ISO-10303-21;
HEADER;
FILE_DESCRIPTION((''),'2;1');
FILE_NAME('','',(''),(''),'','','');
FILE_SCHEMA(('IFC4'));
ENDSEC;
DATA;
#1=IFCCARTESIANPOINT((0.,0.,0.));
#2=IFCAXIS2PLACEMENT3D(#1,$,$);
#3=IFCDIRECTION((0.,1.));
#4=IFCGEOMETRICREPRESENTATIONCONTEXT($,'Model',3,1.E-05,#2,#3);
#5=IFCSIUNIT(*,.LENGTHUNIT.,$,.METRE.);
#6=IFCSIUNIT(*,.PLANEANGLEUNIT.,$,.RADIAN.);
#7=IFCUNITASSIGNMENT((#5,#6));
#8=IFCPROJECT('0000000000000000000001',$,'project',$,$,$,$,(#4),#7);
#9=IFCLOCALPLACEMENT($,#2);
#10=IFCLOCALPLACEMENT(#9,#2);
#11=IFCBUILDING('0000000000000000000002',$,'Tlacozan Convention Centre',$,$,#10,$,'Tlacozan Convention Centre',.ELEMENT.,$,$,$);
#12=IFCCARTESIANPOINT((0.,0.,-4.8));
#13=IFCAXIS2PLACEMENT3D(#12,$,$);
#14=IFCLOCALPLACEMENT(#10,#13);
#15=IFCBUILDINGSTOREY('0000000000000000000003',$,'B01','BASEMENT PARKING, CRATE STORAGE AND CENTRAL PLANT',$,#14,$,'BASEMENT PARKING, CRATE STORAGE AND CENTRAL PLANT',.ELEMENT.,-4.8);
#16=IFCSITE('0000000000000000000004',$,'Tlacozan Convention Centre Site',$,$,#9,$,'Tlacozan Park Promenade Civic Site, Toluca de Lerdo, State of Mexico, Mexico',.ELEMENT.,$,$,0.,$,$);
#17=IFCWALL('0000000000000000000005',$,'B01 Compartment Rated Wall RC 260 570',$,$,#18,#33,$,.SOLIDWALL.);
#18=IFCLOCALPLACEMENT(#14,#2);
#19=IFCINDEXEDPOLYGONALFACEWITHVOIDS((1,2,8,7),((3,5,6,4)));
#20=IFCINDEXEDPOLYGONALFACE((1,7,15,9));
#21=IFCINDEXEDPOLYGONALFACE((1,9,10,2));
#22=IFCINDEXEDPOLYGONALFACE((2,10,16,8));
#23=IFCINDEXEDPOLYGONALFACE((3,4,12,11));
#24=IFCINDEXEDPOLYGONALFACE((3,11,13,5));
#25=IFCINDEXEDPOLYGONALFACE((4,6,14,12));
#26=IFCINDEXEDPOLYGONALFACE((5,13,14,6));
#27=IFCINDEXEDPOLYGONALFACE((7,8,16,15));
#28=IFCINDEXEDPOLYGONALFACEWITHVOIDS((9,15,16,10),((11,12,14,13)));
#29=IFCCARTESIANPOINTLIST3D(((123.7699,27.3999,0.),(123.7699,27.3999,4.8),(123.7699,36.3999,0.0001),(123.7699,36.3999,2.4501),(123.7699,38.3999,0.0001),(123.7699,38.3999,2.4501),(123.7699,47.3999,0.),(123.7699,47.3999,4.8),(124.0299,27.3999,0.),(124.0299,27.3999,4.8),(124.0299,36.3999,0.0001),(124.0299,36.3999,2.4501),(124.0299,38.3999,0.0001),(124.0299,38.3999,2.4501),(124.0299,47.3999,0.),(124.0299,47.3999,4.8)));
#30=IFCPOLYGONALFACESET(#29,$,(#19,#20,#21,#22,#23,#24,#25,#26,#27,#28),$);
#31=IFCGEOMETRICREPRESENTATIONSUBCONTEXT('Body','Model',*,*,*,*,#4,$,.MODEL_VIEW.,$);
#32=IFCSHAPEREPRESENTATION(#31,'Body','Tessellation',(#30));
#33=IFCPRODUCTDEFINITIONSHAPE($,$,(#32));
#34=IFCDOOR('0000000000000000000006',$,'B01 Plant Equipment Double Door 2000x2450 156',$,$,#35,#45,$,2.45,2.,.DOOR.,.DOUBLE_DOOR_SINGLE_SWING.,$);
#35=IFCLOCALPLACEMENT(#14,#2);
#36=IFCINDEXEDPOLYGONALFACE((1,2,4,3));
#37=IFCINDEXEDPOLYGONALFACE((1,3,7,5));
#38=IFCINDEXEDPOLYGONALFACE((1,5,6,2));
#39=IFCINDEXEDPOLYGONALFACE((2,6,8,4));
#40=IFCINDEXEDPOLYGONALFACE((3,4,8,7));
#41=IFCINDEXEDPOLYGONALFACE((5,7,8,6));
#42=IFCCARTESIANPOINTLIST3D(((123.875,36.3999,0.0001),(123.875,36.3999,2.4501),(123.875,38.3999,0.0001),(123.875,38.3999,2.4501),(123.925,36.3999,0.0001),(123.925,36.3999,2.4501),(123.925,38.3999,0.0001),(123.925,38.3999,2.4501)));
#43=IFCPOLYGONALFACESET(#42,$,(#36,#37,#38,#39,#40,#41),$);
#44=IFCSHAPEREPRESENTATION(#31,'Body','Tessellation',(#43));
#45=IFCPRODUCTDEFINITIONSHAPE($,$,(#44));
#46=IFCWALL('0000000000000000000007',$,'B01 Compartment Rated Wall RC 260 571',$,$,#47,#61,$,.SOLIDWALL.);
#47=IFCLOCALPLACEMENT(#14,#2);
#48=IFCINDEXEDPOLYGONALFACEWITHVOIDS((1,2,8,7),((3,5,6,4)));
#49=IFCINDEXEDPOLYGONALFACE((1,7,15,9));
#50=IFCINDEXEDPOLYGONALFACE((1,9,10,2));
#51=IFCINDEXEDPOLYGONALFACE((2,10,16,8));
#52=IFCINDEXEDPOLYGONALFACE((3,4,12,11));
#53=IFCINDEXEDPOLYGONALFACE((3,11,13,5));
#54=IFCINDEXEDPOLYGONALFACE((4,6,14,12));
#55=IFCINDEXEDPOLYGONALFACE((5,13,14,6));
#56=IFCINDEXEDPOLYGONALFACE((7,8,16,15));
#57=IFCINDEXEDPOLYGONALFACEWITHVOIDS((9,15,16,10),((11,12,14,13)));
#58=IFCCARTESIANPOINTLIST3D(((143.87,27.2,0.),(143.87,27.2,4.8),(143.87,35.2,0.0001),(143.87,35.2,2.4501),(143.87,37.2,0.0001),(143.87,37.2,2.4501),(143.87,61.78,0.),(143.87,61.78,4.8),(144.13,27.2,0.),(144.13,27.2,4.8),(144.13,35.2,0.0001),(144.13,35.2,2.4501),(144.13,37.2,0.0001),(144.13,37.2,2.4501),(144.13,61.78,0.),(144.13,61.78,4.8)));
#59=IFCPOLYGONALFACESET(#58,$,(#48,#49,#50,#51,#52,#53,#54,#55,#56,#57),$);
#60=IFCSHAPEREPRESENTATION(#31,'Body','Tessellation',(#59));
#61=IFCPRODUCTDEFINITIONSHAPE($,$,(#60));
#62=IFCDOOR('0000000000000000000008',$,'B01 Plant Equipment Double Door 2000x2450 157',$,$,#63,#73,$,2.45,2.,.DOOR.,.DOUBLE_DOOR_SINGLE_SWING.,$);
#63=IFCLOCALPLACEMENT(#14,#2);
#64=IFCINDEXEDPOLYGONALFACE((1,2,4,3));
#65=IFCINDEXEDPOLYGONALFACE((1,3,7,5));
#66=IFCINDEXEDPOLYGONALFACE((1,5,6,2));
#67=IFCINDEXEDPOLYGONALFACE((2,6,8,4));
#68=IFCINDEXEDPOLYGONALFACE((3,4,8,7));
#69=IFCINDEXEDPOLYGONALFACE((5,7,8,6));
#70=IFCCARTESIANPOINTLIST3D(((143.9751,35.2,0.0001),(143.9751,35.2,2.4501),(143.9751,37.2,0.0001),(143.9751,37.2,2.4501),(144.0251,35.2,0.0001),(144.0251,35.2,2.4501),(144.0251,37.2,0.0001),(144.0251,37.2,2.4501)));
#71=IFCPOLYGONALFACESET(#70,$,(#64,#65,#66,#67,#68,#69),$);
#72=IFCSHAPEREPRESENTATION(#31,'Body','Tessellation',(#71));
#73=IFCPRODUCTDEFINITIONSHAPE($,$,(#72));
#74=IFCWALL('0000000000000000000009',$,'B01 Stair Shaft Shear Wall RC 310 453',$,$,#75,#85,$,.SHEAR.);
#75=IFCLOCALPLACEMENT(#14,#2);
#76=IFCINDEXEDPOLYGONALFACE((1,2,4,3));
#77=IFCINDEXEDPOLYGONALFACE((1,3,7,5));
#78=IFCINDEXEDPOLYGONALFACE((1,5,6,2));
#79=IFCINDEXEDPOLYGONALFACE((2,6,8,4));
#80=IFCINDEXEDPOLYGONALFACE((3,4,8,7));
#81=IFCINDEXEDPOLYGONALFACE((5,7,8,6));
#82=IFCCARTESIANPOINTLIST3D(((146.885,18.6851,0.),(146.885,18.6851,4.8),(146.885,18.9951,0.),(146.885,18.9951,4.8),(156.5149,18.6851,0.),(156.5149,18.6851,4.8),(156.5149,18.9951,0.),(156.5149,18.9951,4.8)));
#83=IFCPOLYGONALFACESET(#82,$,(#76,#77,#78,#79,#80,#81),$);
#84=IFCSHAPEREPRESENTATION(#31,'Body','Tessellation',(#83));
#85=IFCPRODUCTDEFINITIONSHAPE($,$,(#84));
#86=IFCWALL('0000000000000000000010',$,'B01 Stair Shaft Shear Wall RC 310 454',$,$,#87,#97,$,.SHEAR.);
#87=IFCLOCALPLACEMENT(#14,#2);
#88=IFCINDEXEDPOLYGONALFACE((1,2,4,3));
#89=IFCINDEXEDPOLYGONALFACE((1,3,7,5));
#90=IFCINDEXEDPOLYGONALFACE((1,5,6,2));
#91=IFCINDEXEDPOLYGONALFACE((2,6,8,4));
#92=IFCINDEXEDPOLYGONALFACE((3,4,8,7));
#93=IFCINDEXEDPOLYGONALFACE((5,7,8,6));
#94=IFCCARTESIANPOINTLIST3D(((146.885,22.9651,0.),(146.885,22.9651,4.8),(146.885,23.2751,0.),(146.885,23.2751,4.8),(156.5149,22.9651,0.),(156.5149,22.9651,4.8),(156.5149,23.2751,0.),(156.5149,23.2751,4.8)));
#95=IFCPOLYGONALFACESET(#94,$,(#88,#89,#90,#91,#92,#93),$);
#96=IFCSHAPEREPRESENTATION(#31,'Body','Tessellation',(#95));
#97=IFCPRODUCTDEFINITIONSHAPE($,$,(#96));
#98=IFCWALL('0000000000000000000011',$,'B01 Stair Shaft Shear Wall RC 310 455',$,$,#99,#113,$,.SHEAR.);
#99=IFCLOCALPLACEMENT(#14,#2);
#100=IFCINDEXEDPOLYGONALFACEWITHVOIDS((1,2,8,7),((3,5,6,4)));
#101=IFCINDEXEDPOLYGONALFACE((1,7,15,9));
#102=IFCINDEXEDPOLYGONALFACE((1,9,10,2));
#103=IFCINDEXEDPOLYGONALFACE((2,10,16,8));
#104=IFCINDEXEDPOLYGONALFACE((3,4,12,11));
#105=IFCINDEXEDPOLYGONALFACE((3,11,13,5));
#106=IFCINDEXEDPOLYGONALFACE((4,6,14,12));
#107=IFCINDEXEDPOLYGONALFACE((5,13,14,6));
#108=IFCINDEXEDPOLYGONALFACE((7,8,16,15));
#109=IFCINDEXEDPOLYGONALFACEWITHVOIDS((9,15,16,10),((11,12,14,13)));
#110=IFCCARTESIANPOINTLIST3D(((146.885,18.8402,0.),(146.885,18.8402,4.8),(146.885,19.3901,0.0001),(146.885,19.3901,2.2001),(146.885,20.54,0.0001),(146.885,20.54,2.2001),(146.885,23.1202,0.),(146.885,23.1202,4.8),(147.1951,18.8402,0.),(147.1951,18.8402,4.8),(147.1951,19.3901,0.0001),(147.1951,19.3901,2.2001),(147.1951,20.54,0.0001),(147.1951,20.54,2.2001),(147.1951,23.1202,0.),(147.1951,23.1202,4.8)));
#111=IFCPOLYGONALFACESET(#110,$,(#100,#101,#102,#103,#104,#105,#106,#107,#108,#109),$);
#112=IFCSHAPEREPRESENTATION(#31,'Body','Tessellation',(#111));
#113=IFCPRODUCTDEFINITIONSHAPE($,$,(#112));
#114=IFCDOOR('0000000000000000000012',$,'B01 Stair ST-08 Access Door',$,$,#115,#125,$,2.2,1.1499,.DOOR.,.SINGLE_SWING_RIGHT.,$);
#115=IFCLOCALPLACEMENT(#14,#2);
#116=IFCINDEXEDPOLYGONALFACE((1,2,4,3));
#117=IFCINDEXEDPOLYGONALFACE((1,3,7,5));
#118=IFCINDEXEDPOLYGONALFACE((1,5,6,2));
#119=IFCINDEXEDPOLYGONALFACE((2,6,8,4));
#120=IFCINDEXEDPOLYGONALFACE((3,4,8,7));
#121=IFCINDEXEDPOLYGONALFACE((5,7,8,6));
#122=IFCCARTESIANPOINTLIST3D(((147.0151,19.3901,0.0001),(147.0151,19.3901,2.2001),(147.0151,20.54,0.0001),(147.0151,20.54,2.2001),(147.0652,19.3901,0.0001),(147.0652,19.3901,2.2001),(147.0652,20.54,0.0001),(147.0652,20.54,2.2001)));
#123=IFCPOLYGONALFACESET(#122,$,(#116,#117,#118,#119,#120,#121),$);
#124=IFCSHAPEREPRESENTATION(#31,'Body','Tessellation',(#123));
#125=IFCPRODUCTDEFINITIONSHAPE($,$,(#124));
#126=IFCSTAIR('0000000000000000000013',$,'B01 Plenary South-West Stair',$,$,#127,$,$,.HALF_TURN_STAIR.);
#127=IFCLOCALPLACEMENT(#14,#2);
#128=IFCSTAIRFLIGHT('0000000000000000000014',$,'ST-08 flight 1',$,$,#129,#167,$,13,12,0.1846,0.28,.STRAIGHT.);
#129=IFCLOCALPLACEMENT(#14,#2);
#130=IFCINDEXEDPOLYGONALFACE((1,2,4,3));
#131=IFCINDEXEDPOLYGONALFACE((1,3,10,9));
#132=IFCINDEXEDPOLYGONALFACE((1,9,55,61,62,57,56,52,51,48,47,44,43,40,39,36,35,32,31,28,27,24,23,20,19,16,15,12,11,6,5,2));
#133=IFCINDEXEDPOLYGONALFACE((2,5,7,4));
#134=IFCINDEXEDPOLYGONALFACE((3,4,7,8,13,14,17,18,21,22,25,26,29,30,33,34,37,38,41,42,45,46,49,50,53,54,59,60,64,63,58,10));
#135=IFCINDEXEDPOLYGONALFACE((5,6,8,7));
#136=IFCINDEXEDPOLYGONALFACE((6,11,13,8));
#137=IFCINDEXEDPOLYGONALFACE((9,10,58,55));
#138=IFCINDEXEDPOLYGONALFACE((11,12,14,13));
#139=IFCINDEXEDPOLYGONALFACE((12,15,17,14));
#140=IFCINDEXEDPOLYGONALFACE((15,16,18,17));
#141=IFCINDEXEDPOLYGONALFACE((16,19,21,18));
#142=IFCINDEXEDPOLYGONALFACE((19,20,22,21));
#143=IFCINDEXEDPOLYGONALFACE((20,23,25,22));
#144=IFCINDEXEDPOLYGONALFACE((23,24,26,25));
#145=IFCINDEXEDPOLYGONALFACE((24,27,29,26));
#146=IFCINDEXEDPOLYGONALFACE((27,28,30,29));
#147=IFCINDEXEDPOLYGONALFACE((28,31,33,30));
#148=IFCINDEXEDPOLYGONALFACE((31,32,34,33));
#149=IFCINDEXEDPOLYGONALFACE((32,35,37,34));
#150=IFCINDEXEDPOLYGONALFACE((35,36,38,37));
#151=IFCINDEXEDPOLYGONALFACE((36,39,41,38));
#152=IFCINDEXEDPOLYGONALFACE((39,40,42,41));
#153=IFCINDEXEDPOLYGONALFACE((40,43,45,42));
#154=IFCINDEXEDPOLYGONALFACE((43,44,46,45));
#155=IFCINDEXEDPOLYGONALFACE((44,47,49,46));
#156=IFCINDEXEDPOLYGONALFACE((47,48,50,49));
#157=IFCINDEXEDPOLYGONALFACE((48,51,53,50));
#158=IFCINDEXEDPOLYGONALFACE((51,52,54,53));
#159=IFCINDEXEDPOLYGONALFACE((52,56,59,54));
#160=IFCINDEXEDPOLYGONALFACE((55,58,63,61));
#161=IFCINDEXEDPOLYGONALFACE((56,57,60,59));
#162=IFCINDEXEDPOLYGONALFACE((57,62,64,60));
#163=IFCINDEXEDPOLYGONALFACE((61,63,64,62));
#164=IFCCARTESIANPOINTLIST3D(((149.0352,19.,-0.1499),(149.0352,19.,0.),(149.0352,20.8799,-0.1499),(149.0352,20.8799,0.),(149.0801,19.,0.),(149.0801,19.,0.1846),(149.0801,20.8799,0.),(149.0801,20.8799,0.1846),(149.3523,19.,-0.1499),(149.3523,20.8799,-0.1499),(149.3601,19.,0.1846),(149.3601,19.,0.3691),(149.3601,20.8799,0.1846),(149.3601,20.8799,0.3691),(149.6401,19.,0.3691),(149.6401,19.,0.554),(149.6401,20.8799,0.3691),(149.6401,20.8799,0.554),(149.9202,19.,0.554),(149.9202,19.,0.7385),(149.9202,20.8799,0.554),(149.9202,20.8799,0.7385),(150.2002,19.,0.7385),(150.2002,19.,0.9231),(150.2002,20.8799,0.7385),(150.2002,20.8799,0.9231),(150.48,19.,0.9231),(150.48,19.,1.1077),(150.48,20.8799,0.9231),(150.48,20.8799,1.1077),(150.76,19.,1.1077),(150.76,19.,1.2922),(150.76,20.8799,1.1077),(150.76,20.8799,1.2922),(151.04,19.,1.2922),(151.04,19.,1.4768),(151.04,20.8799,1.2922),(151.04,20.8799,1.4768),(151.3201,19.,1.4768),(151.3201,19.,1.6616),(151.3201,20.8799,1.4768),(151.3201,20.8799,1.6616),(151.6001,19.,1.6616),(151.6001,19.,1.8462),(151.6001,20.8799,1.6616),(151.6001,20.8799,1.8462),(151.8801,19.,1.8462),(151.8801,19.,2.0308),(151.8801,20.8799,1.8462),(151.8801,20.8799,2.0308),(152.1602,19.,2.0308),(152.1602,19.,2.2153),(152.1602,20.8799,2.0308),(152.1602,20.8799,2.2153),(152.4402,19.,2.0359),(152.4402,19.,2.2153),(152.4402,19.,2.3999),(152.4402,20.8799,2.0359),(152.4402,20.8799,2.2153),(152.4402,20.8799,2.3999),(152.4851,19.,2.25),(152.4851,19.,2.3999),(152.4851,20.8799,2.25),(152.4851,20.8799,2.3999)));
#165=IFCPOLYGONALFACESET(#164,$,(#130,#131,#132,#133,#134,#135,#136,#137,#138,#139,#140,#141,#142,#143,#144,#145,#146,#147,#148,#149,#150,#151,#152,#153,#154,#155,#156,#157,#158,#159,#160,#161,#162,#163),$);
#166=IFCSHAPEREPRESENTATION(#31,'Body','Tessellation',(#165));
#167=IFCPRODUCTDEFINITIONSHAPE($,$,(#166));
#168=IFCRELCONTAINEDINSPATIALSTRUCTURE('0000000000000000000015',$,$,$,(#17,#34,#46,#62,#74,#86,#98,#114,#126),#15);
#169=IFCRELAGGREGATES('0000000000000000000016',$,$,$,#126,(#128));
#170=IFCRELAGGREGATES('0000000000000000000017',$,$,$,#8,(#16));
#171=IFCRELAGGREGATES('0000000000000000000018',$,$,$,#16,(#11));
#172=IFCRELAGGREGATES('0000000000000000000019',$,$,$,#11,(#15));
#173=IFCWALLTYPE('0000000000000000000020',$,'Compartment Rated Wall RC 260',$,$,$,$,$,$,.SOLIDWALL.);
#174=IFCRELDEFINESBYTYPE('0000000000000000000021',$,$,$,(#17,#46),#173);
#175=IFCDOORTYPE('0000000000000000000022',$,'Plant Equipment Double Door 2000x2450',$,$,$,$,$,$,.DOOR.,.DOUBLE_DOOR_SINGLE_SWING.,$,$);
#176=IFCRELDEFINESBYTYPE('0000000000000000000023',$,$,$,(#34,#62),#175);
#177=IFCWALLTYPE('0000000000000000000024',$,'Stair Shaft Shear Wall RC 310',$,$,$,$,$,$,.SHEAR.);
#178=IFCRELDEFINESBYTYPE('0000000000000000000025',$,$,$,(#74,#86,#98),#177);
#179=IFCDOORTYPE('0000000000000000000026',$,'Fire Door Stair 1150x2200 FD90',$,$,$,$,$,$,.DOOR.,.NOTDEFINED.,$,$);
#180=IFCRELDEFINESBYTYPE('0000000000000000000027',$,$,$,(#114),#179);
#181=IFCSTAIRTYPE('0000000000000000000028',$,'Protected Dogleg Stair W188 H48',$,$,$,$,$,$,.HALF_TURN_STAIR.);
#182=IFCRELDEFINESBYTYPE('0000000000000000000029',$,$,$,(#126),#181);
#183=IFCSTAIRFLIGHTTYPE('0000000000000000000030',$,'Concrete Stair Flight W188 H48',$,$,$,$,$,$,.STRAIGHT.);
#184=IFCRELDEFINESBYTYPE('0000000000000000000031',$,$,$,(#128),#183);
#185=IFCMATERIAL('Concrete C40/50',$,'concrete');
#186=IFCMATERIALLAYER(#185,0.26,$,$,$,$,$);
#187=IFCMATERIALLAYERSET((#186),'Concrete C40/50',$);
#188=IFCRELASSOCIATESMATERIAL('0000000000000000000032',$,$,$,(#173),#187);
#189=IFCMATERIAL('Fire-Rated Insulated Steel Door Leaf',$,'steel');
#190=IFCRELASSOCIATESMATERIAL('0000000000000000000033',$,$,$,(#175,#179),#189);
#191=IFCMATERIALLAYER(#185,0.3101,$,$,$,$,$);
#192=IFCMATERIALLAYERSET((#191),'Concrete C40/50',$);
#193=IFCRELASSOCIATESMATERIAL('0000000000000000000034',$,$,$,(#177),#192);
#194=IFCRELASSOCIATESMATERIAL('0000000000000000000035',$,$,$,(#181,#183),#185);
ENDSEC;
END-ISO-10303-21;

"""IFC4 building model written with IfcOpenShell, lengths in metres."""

from ifc_helpers import new_model, si_unit, direction, frame, frame_2d, origin, place, context, subcontext, project, spatial, polyline, rectangle, outline, extrude, material, layer, layer_set, type_object, element, fill, aggregate, save


model = new_model("IFC4")

# Units and contexts
model_context = context("Model", 3, precision=1e-05, world=origin(), true_north=direction((0.0, 1.0)))
body_context = subcontext(model_context, "Body", "Model", "MODEL_VIEW")
ifc_project = project(units=[si_unit("LENGTHUNIT", "METRE"), si_unit("PLANEANGLEUNIT", "RADIAN")], contexts=[model_context])

# Site, building, storey
site_placement = place(None, origin())
site = spatial("IfcSite", under=ifc_project, at=site_placement, Name="Tlacozan Convention Centre Site", LongName="Tlacozan Park Promenade Civic Site, Toluca de Lerdo, State of Mexico, Mexico", CompositionType="ELEMENT", RefElevation=0.0)
building_placement = place(site_placement, origin())
building = spatial("IfcBuilding", under=site, at=building_placement, Name="Tlacozan Convention Centre", LongName="Tlacozan Convention Centre", CompositionType="ELEMENT")
storey_placement = place(building_placement, frame((0.0, 0.0, -4.8)))
storey = spatial("IfcBuildingStorey", under=building, at=storey_placement, Name="B01", Description="BASEMENT PARKING, CRATE STORAGE AND CENTRAL PLANT", LongName="BASEMENT PARKING, CRATE STORAGE AND CENTRAL PLANT", CompositionType="ELEMENT", Elevation=-4.8)

# Shared definitions
ifc_material_1 = material(Name="Concrete C40/50", Category="concrete")

# Walls, openings, doors
ifc_layer_1 = layer(ifc_material_1, 0.26)
ifc_layer_set_1 = layer_set([ifc_layer_1], Name="Concrete C40/50")
wall_type_1 = type_object("IfcWallType", Name="Compartment Rated Wall RC 260", PredefinedType="SOLIDWALL", material=ifc_layer_set_1)
wall_1_placement = place(storey_placement, frame((123.8999, 27.3999, 0.0), z_axis=(0.0, 0.0, 1.0), x_axis=(0.0, 1.0, 0.0)))
wall_1 = element("IfcWall", 1, at=wall_1_placement, inside=storey, type_object=wall_type_1, Name="B01 Compartment Rated Wall RC 260 570", PredefinedType="SOLIDWALL", context=body_context, shape_type="SweptSolid", body=[
    extrude(rectangle(XDim=20.0, YDim=0.26, at=frame_2d((10.0, 0.0))), origin(), (0.0, 0.0, 1.0), 4.8),
])
opening_1_placement = place(wall_1_placement, frame((9.0, 0.0, 0.0)))
opening_1 = element("IfcOpeningElement", 2, at=opening_1_placement, cuts=wall_1, PredefinedType="OPENING", context=body_context, shape_type="SweptSolid", body=[
    extrude(rectangle(XDim=2.0, YDim=2.45, at=frame_2d((1.0, 1.2251))), frame((0.0, 0.1399, 0.0), z_axis=(0.0, -1.0, 0.0), x_axis=(1.0, 0.0, 0.0)), (0.0, 0.0, 1.0), 0.28),
])
ifc_material_2 = material(Name="Fire-Rated Insulated Steel Door Leaf", Category="steel")
door_type_1 = type_object("IfcDoorType", Name="Plant Equipment Double Door 2000x2450", OperationType="DOUBLE_DOOR_SINGLE_SWING", PredefinedType="DOOR", material=ifc_material_2)
door_1_placement = place(opening_1_placement, origin())
door_1 = element("IfcDoor", 3, at=door_1_placement, inside=storey, type_object=door_type_1, Name="B01 Plant Equipment Double Door 2000x2450 156", OperationType="DOUBLE_DOOR_SINGLE_SWING", OverallHeight=2.45, OverallWidth=2.0, PredefinedType="DOOR", context=body_context, shape_type="SweptSolid", body=[
    extrude(rectangle(XDim=2.0, YDim=2.45, at=frame_2d((1.0, 1.2251))), frame((0.0, 0.0249, 0.0), z_axis=(0.0, -1.0, 0.0), x_axis=(1.0, 0.0, 0.0)), (0.0, 0.0, 1.0), 0.05),
])
fill(opening_1, door_1)
wall_2_placement = place(storey_placement, frame((144.0, 27.2, 0.0), z_axis=(0.0, 0.0, 1.0), x_axis=(0.0, 1.0, 0.0)))
wall_2 = element("IfcWall", 4, at=wall_2_placement, inside=storey, type_object=wall_type_1, Name="B01 Compartment Rated Wall RC 260 571", PredefinedType="SOLIDWALL", context=body_context, shape_type="SweptSolid", body=[
    extrude(rectangle(XDim=34.5801, YDim=0.26, at=frame_2d((17.29, 0.0))), origin(), (0.0, 0.0, 1.0), 4.8),
])
opening_2_placement = place(wall_2_placement, frame((8.0, 0.0, 0.0)))
opening_2 = element("IfcOpeningElement", 5, at=opening_2_placement, cuts=wall_2, PredefinedType="OPENING", context=body_context, shape_type="SweptSolid", body=[
    extrude(rectangle(XDim=2.0, YDim=2.45, at=frame_2d((1.0, 1.2251))), frame((0.0, 0.1399, 0.0), z_axis=(0.0, -1.0, 0.0), x_axis=(1.0, 0.0, 0.0)), (0.0, 0.0, 1.0), 0.28),
])
door_2_placement = place(opening_2_placement, origin())
door_2 = element("IfcDoor", 6, at=door_2_placement, inside=storey, type_object=door_type_1, Name="B01 Plant Equipment Double Door 2000x2450 157", OperationType="DOUBLE_DOOR_SINGLE_SWING", OverallHeight=2.45, OverallWidth=2.0, PredefinedType="DOOR", context=body_context, shape_type="SweptSolid", body=[
    extrude(rectangle(XDim=2.0, YDim=2.45, at=frame_2d((1.0, 1.2251))), frame((0.0, 0.0249, 0.0), z_axis=(0.0, -1.0, 0.0), x_axis=(1.0, 0.0, 0.0)), (0.0, 0.0, 1.0), 0.05),
])
fill(opening_2, door_2)

# Walls
ifc_layer_2 = layer(ifc_material_1, 0.3101)
ifc_layer_set_2 = layer_set([ifc_layer_2], Name="Concrete C40/50")
wall_type_2 = type_object("IfcWallType", Name="Stair Shaft Shear Wall RC 310", PredefinedType="SHEAR", material=ifc_layer_set_2)
for number, where, z_axis, x_axis, name in (
    (7, (146.885, 18.8401, 0.0), (0.0, 0.0, 1.0), (1.0, 0.0, 0.0), "B01 Stair Shaft Shear Wall RC 310 453"),
    (8, (146.885, 23.1201, 0.0), (0.0, 0.0, 1.0), (1.0, 0.0, 0.0), "B01 Stair Shaft Shear Wall RC 310 454"),
):
    element("IfcWall", number, at=place(storey_placement, frame(where, z_axis=z_axis, x_axis=x_axis)), inside=storey, type_object=wall_type_2, Name=name, PredefinedType="SHEAR", context=body_context, shape_type="SweptSolid", body=[
        extrude(rectangle(XDim=9.6299, YDim=0.3101, at=frame_2d((4.8149, 0.0))), origin(), (0.0, 0.0, 1.0), 4.8),
    ])

# Wall, opening, door
wall_3_placement = place(storey_placement, frame((147.04, 18.8401, 0.0), z_axis=(0.0, 0.0, 1.0), x_axis=(0.0, 1.0, 0.0)))
wall_3 = element("IfcWall", 9, at=wall_3_placement, inside=storey, type_object=wall_type_2, Name="B01 Stair Shaft Shear Wall RC 310 455", PredefinedType="SHEAR", context=body_context, shape_type="SweptSolid", body=[
    extrude(rectangle(XDim=4.28, YDim=0.3101, at=frame_2d((2.1401, 0.0))), origin(), (0.0, 0.0, 1.0), 4.8),
])
opening_3_placement = place(wall_3_placement, frame((0.55, 0.0, 0.0)))
opening_3 = element("IfcOpeningElement", 10, at=opening_3_placement, cuts=wall_3, PredefinedType="OPENING", context=body_context, shape_type="SweptSolid", body=[
    extrude(rectangle(XDim=1.1499, YDim=2.2, at=frame_2d((0.575, 1.1001))), frame((0.0, 0.165, 0.0), z_axis=(0.0, -1.0, 0.0), x_axis=(1.0, 0.0, 0.0)), (0.0, 0.0, 1.0), 0.3301),
])
door_type_2 = type_object("IfcDoorType", Name="Fire Door Stair 1150x2200 FD90", OperationType="NOTDEFINED", PredefinedType="DOOR", material=ifc_material_2)
door_3_placement = place(opening_3_placement, origin())
door_3 = element("IfcDoor", 11, at=door_3_placement, inside=storey, type_object=door_type_2, Name="B01 Stair ST-08 Access Door", OperationType="SINGLE_SWING_RIGHT", OverallHeight=2.2, OverallWidth=1.1499, PredefinedType="DOOR", context=body_context, shape_type="SweptSolid", body=[
    extrude(rectangle(XDim=1.1499, YDim=2.2, at=frame_2d((0.575, 1.1001))), frame((0.0, 0.0249, 0.0), z_axis=(0.0, -1.0, 0.0), x_axis=(1.0, 0.0, 0.0)), (0.0, 0.0, 1.0), 0.05),
])
fill(opening_3, door_3)

# Stair, stair flight
stair_type = type_object("IfcStairType", Name="Protected Dogleg Stair W188 H48", PredefinedType="HALF_TURN_STAIR", material=ifc_material_1)
stair_placement = place(storey_placement, origin())
stair = element("IfcStair", 12, at=stair_placement, inside=storey, type_object=stair_type, Name="B01 Plenary South-West Stair", PredefinedType="HALF_TURN_STAIR")
stair_flight_type = type_object("IfcStairFlightType", Name="Concrete Stair Flight W188 H48", PredefinedType="STRAIGHT", material=ifc_material_1)
stair_flight_placement = place(storey_placement, frame((149.0801, 19.9399, 0.0), z_axis=(0.0, 0.0, 1.0), x_axis=(1.0, 0.0, 0.0)))
stair_flight = element("IfcStairFlight", 13, at=stair_flight_placement, type_object=stair_flight_type, Name="ST-08 flight 1", NumberOfRisers=13, NumberOfTreads=12, PredefinedType="STRAIGHT", RiserHeight=0.1846, TreadLength=0.28, context=body_context, shape_type="SweptSolid", body=[
    extrude(outline(polyline([(-0.0449, -0.1499), (-0.0449, 0.0), (0.0, 0.0), (0.0, 0.1846), (0.28, 0.1846), (0.28, 0.3691), (0.5601, 0.3691), (0.5601, 0.554), (0.8401, 0.554), (0.8401, 0.7385), (1.1201, 0.7385), (1.1201, 0.9231), (1.3999, 0.9231), (1.3999, 1.1077), (1.6799, 1.1077), (1.6799, 1.2922), (1.96, 1.2922), (1.96, 1.4768), (2.24, 1.4768), (2.24, 1.6616), (2.52, 1.6616), (2.52, 1.8462), (2.8, 1.8462), (2.8, 2.0308), (3.0801, 2.0308), (3.0801, 2.2153), (3.3601, 2.2153), (3.3601, 2.3999), (3.405, 2.3999), (3.405, 2.25), (3.3601, 2.0359), (0.2722, -0.1499), (-0.0449, -0.1499)])), frame((0.0, 0.9399, 0.0), z_axis=(0.0, -1.0, 0.0), x_axis=(1.0, 0.0, 0.0)), (0.0, 0.0, 1.0), 1.8799),
])
aggregate(stair, [stair_flight])

save(model, "model.ifc")
